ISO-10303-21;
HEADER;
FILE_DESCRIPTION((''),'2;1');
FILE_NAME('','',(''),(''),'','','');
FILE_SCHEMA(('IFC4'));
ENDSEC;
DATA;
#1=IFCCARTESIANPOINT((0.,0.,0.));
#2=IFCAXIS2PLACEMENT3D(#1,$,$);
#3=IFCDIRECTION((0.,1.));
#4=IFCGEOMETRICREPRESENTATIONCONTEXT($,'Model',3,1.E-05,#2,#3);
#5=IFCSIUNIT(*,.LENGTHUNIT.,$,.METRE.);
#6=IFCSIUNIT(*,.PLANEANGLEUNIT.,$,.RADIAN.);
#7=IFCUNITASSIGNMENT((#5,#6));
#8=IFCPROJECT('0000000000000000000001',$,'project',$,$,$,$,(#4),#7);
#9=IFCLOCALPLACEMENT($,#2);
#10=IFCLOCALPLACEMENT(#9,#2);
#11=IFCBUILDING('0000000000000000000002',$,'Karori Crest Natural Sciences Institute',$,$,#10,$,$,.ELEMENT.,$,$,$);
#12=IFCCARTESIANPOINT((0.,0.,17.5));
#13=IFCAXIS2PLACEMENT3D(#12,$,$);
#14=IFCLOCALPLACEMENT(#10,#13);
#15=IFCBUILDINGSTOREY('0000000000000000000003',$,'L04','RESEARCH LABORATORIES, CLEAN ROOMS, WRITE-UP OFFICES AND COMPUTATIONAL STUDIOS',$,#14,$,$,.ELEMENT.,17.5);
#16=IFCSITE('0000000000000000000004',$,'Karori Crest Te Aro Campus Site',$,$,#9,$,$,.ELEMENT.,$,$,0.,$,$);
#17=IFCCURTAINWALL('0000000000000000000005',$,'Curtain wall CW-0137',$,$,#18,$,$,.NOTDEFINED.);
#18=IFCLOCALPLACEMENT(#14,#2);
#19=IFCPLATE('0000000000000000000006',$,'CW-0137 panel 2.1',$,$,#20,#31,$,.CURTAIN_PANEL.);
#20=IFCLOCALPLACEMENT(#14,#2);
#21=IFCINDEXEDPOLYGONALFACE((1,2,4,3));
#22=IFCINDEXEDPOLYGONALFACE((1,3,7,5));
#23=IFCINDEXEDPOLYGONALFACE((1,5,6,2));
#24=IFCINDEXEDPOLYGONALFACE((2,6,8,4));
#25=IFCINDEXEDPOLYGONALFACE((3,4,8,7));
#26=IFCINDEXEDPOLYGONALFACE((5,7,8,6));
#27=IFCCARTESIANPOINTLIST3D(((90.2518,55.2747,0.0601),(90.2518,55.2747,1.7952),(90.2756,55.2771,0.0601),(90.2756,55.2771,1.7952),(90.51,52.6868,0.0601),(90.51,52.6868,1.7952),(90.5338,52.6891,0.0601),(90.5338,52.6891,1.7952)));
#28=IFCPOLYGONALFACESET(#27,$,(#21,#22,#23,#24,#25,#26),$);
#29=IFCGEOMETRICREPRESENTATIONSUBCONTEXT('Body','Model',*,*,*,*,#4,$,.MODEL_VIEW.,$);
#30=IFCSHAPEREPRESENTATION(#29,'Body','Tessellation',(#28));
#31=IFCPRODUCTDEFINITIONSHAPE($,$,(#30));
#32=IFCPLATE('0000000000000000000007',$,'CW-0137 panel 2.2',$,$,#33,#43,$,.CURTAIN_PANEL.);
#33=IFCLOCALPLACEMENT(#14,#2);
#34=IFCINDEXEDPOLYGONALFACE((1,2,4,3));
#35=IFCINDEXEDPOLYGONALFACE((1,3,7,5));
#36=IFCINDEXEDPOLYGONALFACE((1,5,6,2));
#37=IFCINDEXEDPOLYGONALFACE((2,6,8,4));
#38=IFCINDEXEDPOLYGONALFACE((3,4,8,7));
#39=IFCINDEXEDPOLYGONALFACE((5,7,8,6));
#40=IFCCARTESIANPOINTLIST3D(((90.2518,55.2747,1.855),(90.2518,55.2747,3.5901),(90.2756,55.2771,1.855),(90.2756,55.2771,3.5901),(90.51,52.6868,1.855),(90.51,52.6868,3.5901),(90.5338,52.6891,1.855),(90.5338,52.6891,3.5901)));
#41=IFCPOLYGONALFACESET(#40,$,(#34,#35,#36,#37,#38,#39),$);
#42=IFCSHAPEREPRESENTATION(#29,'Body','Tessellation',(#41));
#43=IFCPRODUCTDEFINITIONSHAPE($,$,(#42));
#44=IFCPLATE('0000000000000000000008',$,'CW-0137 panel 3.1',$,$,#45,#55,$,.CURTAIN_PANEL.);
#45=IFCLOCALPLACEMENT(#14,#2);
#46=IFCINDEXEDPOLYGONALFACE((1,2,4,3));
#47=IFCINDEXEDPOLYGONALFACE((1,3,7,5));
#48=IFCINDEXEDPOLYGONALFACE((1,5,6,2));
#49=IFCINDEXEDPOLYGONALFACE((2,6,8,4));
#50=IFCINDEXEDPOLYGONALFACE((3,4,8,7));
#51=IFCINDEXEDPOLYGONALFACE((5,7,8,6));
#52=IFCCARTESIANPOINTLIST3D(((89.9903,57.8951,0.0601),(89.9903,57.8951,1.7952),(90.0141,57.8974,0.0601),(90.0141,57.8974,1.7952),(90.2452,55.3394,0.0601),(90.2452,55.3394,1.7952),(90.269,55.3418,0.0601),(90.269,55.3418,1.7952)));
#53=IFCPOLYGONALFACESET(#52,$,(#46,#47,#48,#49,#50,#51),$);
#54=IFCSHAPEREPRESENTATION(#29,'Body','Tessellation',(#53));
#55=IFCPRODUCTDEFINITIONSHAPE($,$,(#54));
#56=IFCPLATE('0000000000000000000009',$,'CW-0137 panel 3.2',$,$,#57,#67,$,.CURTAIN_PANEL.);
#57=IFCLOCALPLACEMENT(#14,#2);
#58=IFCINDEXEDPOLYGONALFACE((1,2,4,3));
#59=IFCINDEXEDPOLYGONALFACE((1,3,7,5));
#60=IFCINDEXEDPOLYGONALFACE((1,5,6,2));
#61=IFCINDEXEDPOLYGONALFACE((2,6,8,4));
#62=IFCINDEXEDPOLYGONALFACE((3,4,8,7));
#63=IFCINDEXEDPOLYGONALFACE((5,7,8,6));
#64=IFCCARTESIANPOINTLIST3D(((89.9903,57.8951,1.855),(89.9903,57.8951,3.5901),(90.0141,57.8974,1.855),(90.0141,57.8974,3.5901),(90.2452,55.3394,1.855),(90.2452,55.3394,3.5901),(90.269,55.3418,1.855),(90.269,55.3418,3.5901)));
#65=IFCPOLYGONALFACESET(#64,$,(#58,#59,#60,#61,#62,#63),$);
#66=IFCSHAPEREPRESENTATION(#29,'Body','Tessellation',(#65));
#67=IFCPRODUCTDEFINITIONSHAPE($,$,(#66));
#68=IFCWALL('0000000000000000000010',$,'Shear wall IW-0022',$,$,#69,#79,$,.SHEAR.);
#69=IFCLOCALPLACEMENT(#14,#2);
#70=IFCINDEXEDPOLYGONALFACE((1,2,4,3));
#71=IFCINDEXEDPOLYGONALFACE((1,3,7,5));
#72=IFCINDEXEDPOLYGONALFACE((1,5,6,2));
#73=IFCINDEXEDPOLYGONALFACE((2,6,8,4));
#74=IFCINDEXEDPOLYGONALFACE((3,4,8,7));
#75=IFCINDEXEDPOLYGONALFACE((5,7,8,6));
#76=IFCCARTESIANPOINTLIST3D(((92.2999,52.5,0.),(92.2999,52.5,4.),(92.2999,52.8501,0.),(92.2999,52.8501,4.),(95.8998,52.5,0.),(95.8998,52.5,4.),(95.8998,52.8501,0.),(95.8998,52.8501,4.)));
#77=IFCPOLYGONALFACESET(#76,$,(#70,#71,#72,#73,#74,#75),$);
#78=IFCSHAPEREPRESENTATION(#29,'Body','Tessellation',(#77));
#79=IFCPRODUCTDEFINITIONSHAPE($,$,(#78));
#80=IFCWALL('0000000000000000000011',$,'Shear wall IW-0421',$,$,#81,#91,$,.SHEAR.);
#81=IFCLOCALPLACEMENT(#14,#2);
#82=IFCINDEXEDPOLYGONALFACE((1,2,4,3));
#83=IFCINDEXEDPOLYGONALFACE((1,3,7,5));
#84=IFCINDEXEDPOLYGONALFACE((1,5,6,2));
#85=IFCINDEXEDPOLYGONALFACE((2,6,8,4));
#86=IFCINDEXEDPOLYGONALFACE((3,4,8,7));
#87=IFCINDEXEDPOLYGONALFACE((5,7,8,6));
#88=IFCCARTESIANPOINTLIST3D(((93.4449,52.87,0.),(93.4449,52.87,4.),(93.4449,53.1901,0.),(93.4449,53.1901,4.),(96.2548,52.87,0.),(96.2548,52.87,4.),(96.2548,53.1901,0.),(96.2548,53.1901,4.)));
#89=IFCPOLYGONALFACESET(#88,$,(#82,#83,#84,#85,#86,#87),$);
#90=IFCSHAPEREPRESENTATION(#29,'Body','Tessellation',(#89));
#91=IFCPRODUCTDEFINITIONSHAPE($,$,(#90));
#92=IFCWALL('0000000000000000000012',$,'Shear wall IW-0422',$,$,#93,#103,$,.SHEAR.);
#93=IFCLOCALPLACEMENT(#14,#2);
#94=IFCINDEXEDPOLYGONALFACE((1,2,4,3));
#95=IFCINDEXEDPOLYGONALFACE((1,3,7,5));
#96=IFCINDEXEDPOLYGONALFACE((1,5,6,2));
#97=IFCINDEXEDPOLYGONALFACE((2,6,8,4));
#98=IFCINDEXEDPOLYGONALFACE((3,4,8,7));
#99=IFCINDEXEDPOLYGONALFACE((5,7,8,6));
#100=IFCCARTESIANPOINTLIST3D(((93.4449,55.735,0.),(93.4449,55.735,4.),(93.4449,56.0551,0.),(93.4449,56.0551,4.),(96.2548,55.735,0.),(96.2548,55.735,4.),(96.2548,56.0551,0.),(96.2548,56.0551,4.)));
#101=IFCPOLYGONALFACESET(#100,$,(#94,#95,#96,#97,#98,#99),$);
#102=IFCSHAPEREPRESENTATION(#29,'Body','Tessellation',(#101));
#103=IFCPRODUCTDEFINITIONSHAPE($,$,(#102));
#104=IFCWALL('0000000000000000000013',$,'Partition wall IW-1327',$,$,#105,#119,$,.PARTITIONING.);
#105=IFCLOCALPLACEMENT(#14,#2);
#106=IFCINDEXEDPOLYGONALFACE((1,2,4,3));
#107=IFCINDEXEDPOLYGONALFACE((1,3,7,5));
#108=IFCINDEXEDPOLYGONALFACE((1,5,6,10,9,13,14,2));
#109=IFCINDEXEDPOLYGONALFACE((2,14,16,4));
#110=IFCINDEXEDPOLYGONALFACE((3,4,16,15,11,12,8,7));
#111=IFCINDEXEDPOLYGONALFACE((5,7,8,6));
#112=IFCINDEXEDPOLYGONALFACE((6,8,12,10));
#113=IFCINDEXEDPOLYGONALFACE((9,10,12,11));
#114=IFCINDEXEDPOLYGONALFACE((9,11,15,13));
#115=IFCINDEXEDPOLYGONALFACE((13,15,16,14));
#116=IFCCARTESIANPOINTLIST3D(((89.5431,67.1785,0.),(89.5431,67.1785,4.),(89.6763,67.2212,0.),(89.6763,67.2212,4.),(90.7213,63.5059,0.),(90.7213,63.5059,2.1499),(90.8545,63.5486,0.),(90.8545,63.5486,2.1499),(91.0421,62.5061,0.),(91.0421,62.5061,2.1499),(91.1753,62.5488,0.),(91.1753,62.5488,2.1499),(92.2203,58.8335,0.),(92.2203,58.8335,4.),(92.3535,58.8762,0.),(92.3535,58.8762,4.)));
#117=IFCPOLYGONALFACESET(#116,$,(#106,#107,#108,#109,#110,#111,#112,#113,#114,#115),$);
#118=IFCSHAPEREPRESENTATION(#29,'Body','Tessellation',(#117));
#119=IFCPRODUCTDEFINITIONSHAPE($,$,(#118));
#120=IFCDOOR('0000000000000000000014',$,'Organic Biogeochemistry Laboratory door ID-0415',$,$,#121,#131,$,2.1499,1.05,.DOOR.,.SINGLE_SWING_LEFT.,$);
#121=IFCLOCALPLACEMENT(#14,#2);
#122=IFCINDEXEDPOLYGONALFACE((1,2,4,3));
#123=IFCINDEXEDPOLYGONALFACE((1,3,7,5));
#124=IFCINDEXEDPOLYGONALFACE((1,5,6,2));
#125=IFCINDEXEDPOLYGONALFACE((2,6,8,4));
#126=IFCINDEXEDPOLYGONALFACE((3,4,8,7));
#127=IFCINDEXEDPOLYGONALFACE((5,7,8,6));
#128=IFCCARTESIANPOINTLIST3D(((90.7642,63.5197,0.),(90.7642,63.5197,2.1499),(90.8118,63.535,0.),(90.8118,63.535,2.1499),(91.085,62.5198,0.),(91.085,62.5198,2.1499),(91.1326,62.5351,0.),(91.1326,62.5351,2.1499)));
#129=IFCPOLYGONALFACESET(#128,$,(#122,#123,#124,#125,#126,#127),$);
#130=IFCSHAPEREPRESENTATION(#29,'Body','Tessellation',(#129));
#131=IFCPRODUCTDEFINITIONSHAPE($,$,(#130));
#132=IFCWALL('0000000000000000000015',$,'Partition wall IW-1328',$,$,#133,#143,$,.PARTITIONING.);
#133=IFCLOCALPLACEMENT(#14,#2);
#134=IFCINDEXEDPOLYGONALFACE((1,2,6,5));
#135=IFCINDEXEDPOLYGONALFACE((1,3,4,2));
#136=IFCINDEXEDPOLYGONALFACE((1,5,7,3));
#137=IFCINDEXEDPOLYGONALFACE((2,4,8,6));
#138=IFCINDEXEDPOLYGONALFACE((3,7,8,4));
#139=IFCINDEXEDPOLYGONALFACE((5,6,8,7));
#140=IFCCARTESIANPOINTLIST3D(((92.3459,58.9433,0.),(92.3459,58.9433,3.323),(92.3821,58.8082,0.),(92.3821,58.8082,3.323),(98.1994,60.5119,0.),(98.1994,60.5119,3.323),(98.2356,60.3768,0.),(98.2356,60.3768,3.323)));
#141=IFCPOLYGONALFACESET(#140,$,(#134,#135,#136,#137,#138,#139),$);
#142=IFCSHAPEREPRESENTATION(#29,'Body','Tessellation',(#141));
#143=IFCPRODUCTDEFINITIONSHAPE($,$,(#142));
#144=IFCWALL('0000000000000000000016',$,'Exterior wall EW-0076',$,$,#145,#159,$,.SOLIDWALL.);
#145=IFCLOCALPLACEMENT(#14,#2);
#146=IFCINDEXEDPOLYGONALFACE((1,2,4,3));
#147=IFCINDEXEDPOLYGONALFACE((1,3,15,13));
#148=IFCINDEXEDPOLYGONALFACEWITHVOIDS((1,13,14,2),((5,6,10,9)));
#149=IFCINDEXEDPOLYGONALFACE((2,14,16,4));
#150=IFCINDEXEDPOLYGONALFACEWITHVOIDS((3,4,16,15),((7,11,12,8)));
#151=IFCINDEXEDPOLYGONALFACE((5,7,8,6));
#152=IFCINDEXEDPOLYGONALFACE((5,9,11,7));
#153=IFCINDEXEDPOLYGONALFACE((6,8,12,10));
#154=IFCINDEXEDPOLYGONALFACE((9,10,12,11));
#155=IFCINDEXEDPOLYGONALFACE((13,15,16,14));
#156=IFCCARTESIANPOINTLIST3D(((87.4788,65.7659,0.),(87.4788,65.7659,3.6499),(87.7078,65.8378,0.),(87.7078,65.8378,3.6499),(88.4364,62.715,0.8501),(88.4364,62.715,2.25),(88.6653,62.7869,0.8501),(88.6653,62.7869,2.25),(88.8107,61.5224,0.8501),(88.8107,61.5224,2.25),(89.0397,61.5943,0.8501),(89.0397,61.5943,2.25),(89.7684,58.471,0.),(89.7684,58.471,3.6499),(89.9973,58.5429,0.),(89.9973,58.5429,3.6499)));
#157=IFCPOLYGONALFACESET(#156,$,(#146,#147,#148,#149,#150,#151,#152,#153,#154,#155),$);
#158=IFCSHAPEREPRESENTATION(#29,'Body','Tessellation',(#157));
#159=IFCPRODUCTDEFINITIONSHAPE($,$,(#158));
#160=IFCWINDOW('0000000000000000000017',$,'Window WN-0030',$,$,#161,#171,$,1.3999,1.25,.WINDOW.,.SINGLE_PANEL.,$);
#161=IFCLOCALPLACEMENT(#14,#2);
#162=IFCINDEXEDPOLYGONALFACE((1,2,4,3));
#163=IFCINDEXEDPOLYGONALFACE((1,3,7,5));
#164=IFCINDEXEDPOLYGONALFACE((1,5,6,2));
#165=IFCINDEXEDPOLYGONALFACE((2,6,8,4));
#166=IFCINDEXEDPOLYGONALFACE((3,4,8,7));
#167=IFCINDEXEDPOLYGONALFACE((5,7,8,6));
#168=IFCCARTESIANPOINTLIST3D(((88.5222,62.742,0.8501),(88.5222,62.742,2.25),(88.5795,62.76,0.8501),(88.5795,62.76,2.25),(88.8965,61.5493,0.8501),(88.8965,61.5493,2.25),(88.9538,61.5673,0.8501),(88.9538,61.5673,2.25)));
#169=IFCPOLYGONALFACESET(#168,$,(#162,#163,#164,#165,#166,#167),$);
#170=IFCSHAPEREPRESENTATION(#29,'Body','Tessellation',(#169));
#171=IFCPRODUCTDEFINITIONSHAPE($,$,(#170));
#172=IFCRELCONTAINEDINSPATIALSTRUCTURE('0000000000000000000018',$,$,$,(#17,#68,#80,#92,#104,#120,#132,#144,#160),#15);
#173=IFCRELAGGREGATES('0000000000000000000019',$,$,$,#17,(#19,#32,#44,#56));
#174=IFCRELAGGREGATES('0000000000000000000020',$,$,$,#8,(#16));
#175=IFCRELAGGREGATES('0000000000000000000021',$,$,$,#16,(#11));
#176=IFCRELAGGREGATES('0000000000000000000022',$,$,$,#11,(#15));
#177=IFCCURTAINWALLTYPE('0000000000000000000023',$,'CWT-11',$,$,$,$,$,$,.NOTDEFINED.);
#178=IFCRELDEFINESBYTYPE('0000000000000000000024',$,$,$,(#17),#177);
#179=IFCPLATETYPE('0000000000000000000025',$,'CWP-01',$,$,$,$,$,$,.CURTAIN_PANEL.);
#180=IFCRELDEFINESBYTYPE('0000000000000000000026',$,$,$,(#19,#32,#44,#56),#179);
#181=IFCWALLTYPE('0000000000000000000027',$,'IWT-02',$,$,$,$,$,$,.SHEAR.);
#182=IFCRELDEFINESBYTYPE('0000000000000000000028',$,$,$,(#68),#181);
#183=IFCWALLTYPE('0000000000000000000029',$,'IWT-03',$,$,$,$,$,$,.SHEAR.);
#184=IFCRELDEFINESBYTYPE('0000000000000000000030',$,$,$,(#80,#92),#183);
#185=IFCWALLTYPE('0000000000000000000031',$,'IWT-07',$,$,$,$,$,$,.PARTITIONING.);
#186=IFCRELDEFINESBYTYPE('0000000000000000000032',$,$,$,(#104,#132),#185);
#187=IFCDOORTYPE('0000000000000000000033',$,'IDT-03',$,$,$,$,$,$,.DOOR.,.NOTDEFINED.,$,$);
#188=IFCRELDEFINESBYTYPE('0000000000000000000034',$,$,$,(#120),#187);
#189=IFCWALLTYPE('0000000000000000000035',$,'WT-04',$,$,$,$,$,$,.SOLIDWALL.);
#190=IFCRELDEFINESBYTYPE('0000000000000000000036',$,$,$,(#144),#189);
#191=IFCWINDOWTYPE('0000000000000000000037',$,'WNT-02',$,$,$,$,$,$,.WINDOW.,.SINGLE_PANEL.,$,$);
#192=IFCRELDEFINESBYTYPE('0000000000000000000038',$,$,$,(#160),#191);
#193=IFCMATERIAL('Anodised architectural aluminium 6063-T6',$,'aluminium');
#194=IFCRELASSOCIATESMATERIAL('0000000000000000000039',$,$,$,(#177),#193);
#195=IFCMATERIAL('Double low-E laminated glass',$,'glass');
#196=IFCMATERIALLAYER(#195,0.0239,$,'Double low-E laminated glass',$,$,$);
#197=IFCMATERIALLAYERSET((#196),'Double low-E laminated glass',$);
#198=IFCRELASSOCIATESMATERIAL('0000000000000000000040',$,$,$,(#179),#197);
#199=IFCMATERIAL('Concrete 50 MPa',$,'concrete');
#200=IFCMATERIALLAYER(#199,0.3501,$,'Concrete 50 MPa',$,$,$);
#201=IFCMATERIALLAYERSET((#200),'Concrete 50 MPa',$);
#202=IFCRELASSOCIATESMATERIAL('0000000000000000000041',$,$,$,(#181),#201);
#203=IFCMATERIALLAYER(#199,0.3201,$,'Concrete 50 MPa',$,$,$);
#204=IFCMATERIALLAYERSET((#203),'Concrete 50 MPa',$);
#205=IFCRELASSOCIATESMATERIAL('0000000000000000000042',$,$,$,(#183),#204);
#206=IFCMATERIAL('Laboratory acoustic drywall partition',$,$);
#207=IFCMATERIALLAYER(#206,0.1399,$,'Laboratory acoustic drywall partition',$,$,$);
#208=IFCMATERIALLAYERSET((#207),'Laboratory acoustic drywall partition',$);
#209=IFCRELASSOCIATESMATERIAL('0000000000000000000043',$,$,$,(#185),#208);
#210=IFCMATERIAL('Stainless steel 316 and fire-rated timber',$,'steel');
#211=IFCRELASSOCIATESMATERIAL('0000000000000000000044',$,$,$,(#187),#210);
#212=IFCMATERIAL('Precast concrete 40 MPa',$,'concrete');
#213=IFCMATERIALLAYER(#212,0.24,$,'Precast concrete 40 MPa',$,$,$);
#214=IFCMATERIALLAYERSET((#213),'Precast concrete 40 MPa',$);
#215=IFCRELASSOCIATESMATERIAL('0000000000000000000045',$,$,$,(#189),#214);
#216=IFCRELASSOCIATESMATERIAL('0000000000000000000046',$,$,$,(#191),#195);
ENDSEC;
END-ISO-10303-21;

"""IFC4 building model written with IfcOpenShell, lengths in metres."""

from ifc_helpers import new_model, si_unit, direction, frame, frame_2d, origin, origin_2d, place, context, subcontext, project, spatial, rectangle, extrude, material, layer, layer_set, type_object, element, fill, aggregate, save


model = new_model("IFC4")

# Units and contexts
model_context = context("Model", 3, precision=1e-05, world=origin(), true_north=direction((0.0, 1.0)))
body_context = subcontext(model_context, "Body", "Model", "MODEL_VIEW")
ifc_project = project(units=[si_unit("LENGTHUNIT", "METRE"), si_unit("PLANEANGLEUNIT", "RADIAN")], contexts=[model_context])

# Site, building, storey
site_placement = place(None, origin())
site = spatial("IfcSite", under=ifc_project, at=site_placement, Name="Karori Crest Te Aro Campus Site", CompositionType="ELEMENT", RefElevation=0.0)
building_placement = place(site_placement, origin())
building = spatial("IfcBuilding", under=site, at=building_placement, Name="Karori Crest Natural Sciences Institute", CompositionType="ELEMENT")
storey_placement = place(building_placement, frame((0.0, 0.0, 17.5)))
storey = spatial("IfcBuildingStorey", under=building, at=storey_placement, Name="L04", Description="RESEARCH LABORATORIES, CLEAN ROOMS, WRITE-UP OFFICES AND COMPUTATIONAL STUDIOS", CompositionType="ELEMENT", Elevation=17.5)

# Shared definitions
ifc_material_1 = material(Name="Concrete 50 MPa", Category="concrete")

# Curtain wall, plates
ifc_material_2 = material(Name="Anodised architectural aluminium 6063-T6", Category="aluminium")
curtain_wall_type = type_object("IfcCurtainWallType", Name="CWT-11", PredefinedType="NOTDEFINED", material=ifc_material_2)
curtain_wall_placement = place(storey_placement, origin())
curtain_wall = element("IfcCurtainWall", 1, at=curtain_wall_placement, inside=storey, type_object=curtain_wall_type, Name="Curtain wall CW-0137", PredefinedType="NOTDEFINED")
ifc_material_3 = material(Name="Double low-E laminated glass", Category="glass")
ifc_layer_1 = layer(ifc_material_3, 0.0239, Name="Double low-E laminated glass")
ifc_layer_set_1 = layer_set([ifc_layer_1], Name="Double low-E laminated glass")
plate_type = type_object("IfcPlateType", Name="CWP-01", PredefinedType="CURTAIN_PANEL", material=ifc_layer_set_1)
plate_1_placement = place(storey_placement, frame((90.3928, 53.9819, 0.0601), z_axis=(0.0, 0.0, 1.0), x_axis=(-0.099268, 0.995061, 0.0)))
plate_1 = element("IfcPlate", 2, at=plate_1_placement, type_object=plate_type, Name="CW-0137 panel 2.1", PredefinedType="CURTAIN_PANEL", context=body_context, shape_type="SweptSolid", body=[
    extrude(rectangle(XDim=2.6008, YDim=0.0239, at=origin_2d()), origin(), (0.0, 0.0, 1.0), 1.7351),
])
plate_2_placement = place(storey_placement, frame((90.3928, 53.9819, 1.855), z_axis=(0.0, 0.0, 1.0), x_axis=(-0.099268, 0.995061, 0.0)))
plate_2 = element("IfcPlate", 3, at=plate_2_placement, type_object=plate_type, Name="CW-0137 panel 2.2", PredefinedType="CURTAIN_PANEL", context=body_context, shape_type="SweptSolid", body=[
    extrude(rectangle(XDim=2.6008, YDim=0.0239, at=origin_2d()), origin(), (0.0, 0.0, 1.0), 1.7351),
])
plate_3_placement = place(storey_placement, frame((90.1296, 56.6184, 0.0601), z_axis=(0.0, 0.0, 1.0), x_axis=(-0.099268, 0.995061, 0.0)))
plate_3 = element("IfcPlate", 4, at=plate_3_placement, type_object=plate_type, Name="CW-0137 panel 3.1", PredefinedType="CURTAIN_PANEL", context=body_context, shape_type="SweptSolid", body=[
    extrude(rectangle(XDim=2.5684, YDim=0.0239, at=origin_2d()), origin(), (0.0, 0.0, 1.0), 1.7351),
])
plate_4_placement = place(storey_placement, frame((90.1296, 56.6184, 1.855), z_axis=(0.0, 0.0, 1.0), x_axis=(-0.099268, 0.995061, 0.0)))
plate_4 = element("IfcPlate", 5, at=plate_4_placement, type_object=plate_type, Name="CW-0137 panel 3.2", PredefinedType="CURTAIN_PANEL", context=body_context, shape_type="SweptSolid", body=[
    extrude(rectangle(XDim=2.5684, YDim=0.0239, at=origin_2d()), origin(), (0.0, 0.0, 1.0), 1.7351),
])
aggregate(curtain_wall, [plate_1, plate_2, plate_3, plate_4])

# Walls
ifc_layer_2 = layer(ifc_material_1, 0.3501, Name="Concrete 50 MPa")
ifc_layer_set_2 = layer_set([ifc_layer_2], Name="Concrete 50 MPa")
wall_type_1 = type_object("IfcWallType", Name="IWT-02", PredefinedType="SHEAR", material=ifc_layer_set_2)
wall_1_placement = place(storey_placement, frame((92.3, 52.675, 0.0), z_axis=(0.0, 0.0, 1.0), x_axis=(1.0, 0.0, 0.0)))
element("IfcWall", 6, at=wall_1_placement, inside=storey, type_object=wall_type_1, Name="Shear wall IW-0022", PredefinedType="SHEAR", context=body_context, shape_type="SweptSolid", body=[
    extrude(rectangle(XDim=3.5999, YDim=0.3501, at=frame_2d((1.7998, 0.0))), origin(), (0.0, 0.0, 1.0), 4.0),
])
ifc_layer_3 = layer(ifc_material_1, 0.3201, Name="Concrete 50 MPa")
ifc_layer_set_3 = layer_set([ifc_layer_3], Name="Concrete 50 MPa")
wall_type_2 = type_object("IfcWallType", Name="IWT-03", PredefinedType="SHEAR", material=ifc_layer_set_3)
for number, where, z_axis, x_axis, name in (
    (7, (93.4451, 53.03, 0.0), (0.0, 0.0, 1.0), (1.0, 0.0, 0.0), "Shear wall IW-0421"),
    (8, (93.4451, 55.895, 0.0), (0.0, 0.0, 1.0), (1.0, 0.0, 0.0), "Shear wall IW-0422"),
):
    element("IfcWall", number, at=place(storey_placement, frame(where, z_axis=z_axis, x_axis=x_axis)), inside=storey, type_object=wall_type_2, Name=name, PredefinedType="SHEAR", context=body_context, shape_type="SweptSolid", body=[
        extrude(rectangle(XDim=2.8098, YDim=0.3201, at=frame_2d((1.4048, 0.0))), origin(), (0.0, 0.0, 1.0), 4.0),
    ])

# Wall, opening, door
ifc_material_4 = material(Name="Stainless steel 316 and fire-rated timber", Category="steel")
ifc_material_5 = material(Name="Laboratory acoustic drywall partition")
ifc_layer_4 = layer(ifc_material_5, 0.1399, Name="Laboratory acoustic drywall partition")
ifc_layer_set_4 = layer_set([ifc_layer_4], Name="Laboratory acoustic drywall partition")
wall_type_3 = type_object("IfcWallType", Name="IWT-07", PredefinedType="PARTITIONING", material=ifc_layer_set_4)
wall_2_placement = place(storey_placement, frame((92.2869, 58.855, 0.0), z_axis=(0.0, 0.0, 1.0), x_axis=(-0.305485, 0.952197, 0.0)))
wall_2 = element("IfcWall", 9, at=wall_2_placement, inside=storey, type_object=wall_type_3, Name="Partition wall IW-1327", PredefinedType="PARTITIONING", context=body_context, shape_type="SweptSolid", body=[
    extrude(rectangle(XDim=8.7639, YDim=0.1399, at=frame_2d((4.3818, 0.0))), origin(), (0.0, 0.0, 1.0), 4.0),
])
opening_1_placement = place(wall_2_placement, frame((3.8569, 0.0, 0.0)))
opening_1 = element("IfcOpeningElement", 10, at=opening_1_placement, cuts=wall_2, PredefinedType="OPENING", context=body_context, shape_type="SweptSolid", body=[
    extrude(rectangle(XDim=1.05, YDim=2.1499, at=frame_2d((0.5249, 1.075))), frame((0.0, 0.0801, 0.0), z_axis=(0.0, -1.0, 0.0), x_axis=(1.0, 0.0, 0.0)), (0.0, 0.0, 1.0), 0.1599),
])
door_type_1 = type_object("IfcDoorType", Name="IDT-03", OperationType="NOTDEFINED", PredefinedType="DOOR", material=ifc_material_4)
door_1_placement = place(opening_1_placement, origin())
door_1 = element("IfcDoor", 11, at=door_1_placement, inside=storey, type_object=door_type_1, Name="Organic Biogeochemistry Laboratory door ID-0415", OperationType="SINGLE_SWING_LEFT", OverallHeight=2.1499, OverallWidth=1.05, PredefinedType="DOOR", context=body_context, shape_type="SweptSolid", body=[
    extrude(rectangle(XDim=1.05, YDim=2.1499, at=frame_2d((0.5249, 1.075))), frame((0.0, 0.0249, 0.0), z_axis=(0.0, -1.0, 0.0), x_axis=(1.0, 0.0, 0.0)), (0.0, 0.0, 1.0), 0.05),
])
fill(opening_1, door_1)

# Wall
wall_3_placement = place(storey_placement, frame((92.364, 58.8757, 0.0), z_axis=(0.0, 0.0, 1.0), x_axis=(0.965919, 0.258843, 0.0)))
element("IfcWall", 12, at=wall_3_placement, inside=storey, type_object=wall_type_3, Name="Partition wall IW-1328", PredefinedType="PARTITIONING", context=body_context, shape_type="SweptSolid", body=[
    extrude(rectangle(XDim=6.0601, YDim=0.1399, at=frame_2d((3.03, 0.0))), origin(), (0.0, 0.0, 1.0), 3.323),
])

# Wall, opening, window
ifc_material_6 = material(Name="Precast concrete 40 MPa", Category="concrete")
ifc_layer_5 = layer(ifc_material_6, 0.24, Name="Precast concrete 40 MPa")
ifc_layer_set_5 = layer_set([ifc_layer_5], Name="Precast concrete 40 MPa")
wall_type_4 = type_object("IfcWallType", Name="WT-04", PredefinedType="SOLIDWALL", material=ifc_layer_set_5)
wall_4_placement = place(storey_placement, frame((89.8828, 58.5071, 0.0), z_axis=(0.0, 0.0, 1.0), x_axis=(-0.299453, 0.954111, 0.0)))
wall_4 = element("IfcWall", 13, at=wall_4_placement, inside=storey, type_object=wall_type_4, Name="Exterior wall EW-0076", PredefinedType="SOLIDWALL", context=body_context, shape_type="SweptSolid", body=[
    extrude(rectangle(XDim=7.6458, YDim=0.24, at=frame_2d((3.8228, 0.0))), origin(), (0.0, 0.0, 1.0), 3.6499),
])
opening_2_placement = place(wall_4_placement, frame((3.198, 0.0, 0.8501)))
opening_2 = element("IfcOpeningElement", 14, at=opening_2_placement, cuts=wall_4, PredefinedType="OPENING", context=body_context, shape_type="SweptSolid", body=[
    extrude(rectangle(XDim=1.25, YDim=1.3999, at=frame_2d((0.625, 0.7))), frame((0.0, 0.1299, 0.0), z_axis=(0.0, -1.0, 0.0), x_axis=(1.0, 0.0, 0.0)), (0.0, 0.0, 1.0), 0.26),
])
window_type = type_object("IfcWindowType", Name="WNT-02", PartitioningType="SINGLE_PANEL", PredefinedType="WINDOW", material=ifc_material_3)
window_placement = place(opening_2_placement, origin())
window = element("IfcWindow", 15, at=window_placement, inside=storey, type_object=window_type, Name="Window WN-0030", OverallHeight=1.3999, OverallWidth=1.25, PartitioningType="SINGLE_PANEL", PredefinedType="WINDOW", context=body_context, shape_type="SweptSolid", body=[
    extrude(rectangle(XDim=1.25, YDim=1.3999, at=frame_2d((0.625, 0.7))), frame((0.0, 0.03, 0.0), z_axis=(0.0, -1.0, 0.0), x_axis=(1.0, 0.0, 0.0)), (0.0, 0.0, 1.0), 0.0601),
])
fill(opening_2, window)

save(model, "model.ifc")
